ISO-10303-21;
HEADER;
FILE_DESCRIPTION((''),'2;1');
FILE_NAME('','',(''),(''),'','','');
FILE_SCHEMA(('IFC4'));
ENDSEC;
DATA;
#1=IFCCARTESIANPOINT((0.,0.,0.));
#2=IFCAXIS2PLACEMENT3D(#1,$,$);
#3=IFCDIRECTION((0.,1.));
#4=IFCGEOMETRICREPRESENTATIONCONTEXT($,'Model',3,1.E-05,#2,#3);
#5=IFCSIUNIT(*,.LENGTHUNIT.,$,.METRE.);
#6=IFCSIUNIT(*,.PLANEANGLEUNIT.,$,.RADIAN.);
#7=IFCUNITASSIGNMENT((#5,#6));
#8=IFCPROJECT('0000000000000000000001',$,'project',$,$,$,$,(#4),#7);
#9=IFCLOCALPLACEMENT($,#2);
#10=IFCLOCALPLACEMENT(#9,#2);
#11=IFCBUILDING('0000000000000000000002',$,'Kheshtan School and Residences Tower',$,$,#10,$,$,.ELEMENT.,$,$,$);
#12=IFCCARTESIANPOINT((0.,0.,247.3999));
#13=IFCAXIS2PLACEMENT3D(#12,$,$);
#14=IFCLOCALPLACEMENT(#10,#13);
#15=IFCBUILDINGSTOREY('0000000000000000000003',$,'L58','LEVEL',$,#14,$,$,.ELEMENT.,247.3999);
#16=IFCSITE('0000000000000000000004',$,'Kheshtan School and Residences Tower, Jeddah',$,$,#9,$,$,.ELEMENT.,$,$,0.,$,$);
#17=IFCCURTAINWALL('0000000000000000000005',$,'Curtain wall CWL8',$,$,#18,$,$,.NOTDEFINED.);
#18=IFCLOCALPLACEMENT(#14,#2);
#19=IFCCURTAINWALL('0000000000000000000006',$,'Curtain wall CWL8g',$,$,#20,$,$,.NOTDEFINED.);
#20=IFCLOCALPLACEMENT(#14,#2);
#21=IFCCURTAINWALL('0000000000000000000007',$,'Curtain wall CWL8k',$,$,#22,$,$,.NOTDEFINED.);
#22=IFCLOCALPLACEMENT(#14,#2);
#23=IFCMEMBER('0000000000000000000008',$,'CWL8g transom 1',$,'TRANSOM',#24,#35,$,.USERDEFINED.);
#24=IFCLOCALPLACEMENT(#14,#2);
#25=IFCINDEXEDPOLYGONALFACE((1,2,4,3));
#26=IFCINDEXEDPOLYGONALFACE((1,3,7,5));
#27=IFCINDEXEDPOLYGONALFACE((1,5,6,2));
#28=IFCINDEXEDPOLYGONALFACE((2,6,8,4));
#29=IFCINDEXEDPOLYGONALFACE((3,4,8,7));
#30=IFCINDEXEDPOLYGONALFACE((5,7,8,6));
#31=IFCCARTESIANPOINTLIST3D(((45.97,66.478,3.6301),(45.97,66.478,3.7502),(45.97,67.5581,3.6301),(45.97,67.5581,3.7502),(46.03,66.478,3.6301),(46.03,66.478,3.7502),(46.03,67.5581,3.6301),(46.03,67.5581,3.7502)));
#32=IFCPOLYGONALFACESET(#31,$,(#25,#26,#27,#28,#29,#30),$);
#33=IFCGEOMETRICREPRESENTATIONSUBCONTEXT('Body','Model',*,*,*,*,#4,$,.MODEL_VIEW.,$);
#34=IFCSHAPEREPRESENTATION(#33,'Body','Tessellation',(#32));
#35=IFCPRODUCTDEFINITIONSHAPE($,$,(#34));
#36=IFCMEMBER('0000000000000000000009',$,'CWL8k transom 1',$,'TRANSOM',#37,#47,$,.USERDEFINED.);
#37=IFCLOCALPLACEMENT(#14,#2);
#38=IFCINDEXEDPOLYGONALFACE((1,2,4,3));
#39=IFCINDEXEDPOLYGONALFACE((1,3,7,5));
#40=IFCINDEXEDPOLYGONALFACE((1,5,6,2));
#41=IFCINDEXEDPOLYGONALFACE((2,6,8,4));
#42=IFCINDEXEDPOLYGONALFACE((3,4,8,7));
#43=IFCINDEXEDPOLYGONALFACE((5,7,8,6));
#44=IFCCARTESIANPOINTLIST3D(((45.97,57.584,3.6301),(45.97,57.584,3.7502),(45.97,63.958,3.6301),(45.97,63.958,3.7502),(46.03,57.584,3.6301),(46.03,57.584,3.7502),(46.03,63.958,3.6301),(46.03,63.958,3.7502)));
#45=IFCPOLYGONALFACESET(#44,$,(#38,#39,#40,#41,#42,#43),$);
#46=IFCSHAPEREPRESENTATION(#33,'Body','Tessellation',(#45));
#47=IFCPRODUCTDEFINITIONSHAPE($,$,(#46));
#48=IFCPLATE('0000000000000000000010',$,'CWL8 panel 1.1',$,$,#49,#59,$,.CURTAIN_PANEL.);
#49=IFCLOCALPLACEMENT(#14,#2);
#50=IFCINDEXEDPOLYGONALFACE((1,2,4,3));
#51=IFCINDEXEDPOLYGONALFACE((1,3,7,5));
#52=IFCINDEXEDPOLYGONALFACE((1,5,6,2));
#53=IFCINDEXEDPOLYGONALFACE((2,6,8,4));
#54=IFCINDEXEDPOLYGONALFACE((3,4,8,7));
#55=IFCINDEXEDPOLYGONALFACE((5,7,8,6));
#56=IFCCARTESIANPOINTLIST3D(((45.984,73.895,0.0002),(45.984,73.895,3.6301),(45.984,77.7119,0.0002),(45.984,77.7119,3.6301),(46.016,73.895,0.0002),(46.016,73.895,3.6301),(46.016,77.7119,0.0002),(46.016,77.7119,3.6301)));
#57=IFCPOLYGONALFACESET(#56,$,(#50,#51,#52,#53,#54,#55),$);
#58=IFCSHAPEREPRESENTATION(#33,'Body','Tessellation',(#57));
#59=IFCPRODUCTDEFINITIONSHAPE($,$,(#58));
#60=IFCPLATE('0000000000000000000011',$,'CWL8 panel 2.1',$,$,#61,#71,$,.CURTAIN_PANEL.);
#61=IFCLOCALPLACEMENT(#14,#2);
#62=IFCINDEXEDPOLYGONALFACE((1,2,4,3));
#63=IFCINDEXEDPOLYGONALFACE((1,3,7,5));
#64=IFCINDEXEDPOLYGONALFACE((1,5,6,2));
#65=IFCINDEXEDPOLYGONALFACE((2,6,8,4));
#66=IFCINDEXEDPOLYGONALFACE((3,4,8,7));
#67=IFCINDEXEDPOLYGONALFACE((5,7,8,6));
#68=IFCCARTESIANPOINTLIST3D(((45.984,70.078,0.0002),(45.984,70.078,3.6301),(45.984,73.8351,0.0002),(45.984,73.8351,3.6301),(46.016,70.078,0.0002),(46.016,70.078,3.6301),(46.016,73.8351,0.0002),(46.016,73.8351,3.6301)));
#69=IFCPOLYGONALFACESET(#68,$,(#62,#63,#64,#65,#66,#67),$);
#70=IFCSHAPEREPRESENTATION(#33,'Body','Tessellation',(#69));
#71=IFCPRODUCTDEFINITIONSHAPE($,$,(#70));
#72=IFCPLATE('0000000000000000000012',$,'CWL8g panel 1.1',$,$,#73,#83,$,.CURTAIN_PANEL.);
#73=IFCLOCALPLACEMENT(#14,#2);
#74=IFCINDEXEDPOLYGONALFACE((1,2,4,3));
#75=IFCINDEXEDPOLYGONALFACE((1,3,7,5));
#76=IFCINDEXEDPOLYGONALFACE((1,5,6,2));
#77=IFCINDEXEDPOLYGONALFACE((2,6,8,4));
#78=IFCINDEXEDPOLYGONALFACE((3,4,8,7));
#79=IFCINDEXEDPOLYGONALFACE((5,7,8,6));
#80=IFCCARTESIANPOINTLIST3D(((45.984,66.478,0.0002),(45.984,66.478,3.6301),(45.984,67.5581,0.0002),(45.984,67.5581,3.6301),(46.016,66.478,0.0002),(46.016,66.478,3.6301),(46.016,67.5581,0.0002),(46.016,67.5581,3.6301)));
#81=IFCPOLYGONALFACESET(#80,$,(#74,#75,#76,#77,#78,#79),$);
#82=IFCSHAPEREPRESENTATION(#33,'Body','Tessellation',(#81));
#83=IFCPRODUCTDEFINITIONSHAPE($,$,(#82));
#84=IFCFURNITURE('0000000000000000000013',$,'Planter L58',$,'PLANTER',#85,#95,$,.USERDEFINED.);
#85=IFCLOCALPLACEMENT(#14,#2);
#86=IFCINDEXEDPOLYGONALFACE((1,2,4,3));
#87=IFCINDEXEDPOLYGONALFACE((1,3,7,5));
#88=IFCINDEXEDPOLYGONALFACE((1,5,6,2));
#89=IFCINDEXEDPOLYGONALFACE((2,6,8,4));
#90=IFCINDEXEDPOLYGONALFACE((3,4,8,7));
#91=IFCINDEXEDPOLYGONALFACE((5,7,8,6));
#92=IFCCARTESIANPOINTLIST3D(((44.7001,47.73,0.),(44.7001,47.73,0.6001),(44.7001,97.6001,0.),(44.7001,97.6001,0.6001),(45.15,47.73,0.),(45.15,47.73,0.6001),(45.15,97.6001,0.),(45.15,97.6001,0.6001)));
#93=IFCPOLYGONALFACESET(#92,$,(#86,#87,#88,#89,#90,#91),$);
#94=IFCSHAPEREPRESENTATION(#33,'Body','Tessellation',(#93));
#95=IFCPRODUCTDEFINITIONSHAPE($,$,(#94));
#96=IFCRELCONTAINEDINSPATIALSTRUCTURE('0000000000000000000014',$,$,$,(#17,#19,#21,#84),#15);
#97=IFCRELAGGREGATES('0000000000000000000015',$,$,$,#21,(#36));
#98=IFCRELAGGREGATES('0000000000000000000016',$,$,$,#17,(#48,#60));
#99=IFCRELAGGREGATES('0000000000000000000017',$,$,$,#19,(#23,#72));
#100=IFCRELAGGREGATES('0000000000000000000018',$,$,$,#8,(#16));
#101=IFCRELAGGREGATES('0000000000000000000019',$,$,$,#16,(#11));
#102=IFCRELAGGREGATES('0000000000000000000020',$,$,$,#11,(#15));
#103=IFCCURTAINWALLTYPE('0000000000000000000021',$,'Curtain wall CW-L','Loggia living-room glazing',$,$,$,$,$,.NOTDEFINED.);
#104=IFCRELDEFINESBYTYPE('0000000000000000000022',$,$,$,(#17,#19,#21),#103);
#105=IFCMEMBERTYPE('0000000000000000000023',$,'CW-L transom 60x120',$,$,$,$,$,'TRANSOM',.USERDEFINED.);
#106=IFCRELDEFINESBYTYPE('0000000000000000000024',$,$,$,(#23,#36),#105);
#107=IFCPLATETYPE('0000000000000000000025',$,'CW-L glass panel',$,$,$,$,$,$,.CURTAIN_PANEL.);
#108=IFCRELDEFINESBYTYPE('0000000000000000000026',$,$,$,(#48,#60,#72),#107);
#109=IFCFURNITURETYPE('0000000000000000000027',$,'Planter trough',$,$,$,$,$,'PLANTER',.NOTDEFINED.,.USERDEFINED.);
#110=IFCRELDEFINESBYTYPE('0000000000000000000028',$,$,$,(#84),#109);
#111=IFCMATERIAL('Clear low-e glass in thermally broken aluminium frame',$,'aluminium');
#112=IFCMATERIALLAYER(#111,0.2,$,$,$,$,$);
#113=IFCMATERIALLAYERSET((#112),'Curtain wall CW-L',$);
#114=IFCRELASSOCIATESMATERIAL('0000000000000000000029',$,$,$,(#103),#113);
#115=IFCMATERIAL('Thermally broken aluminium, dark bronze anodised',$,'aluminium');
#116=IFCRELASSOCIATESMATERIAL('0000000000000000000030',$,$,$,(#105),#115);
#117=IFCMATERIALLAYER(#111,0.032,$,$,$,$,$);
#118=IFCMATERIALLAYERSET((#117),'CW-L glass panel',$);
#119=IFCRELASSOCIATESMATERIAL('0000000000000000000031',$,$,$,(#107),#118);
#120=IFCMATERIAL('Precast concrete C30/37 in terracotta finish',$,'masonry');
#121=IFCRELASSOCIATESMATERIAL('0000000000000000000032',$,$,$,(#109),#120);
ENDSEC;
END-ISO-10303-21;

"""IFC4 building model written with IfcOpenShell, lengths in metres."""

from ifc_helpers import new_model, si_unit, direction, frame, origin, origin_2d, place, context, subcontext, project, spatial, rectangle, extrude, material, layer, layer_set, material_profile, profile_set, type_object, element, aggregate, save


model = new_model("IFC4")

# Units and contexts
model_context = context("Model", 3, precision=1e-05, world=origin(), true_north=direction((0.0, 1.0)))
body_context = subcontext(model_context, "Body", "Model", "MODEL_VIEW")
ifc_project = project(units=[si_unit("LENGTHUNIT", "METRE"), si_unit("PLANEANGLEUNIT", "RADIAN")], contexts=[model_context])

# Site, building, storey
site_placement = place(None, origin())
site = spatial("IfcSite", under=ifc_project, at=site_placement, Name="Kheshtan School and Residences Tower, Jeddah", CompositionType="ELEMENT", RefElevation=0.0)
building_placement = place(site_placement, origin())
building = spatial("IfcBuilding", under=site, at=building_placement, Name="Kheshtan School and Residences Tower", CompositionType="ELEMENT")
storey_placement = place(building_placement, frame((0.0, 0.0, 247.3999)))
storey = spatial("IfcBuildingStorey", under=building, at=storey_placement, Name="L58", Description="LEVEL", CompositionType="ELEMENT", Elevation=247.3999)

# Shared definitions
ifc_material_1 = material(Name="Clear low-e glass in thermally broken aluminium frame", Category="aluminium")
ifc_layer_1 = layer(ifc_material_1, 0.2)
ifc_layer_set_1 = layer_set([ifc_layer_1], Name="Curtain wall CW-L")
curtain_wall_type = type_object("IfcCurtainWallType", Name="Curtain wall CW-L", Description="Loggia living-room glazing", PredefinedType="NOTDEFINED", material=ifc_layer_set_1)
ifc_material_2 = material(Name="Thermally broken aluminium, dark bronze anodised", Category="aluminium")

# Curtain walls
curtain_wall_1_placement = place(storey_placement, origin())
curtain_wall_1 = element("IfcCurtainWall", 1, at=curtain_wall_1_placement, inside=storey, type_object=curtain_wall_type, Name="Curtain wall CWL8", PredefinedType="NOTDEFINED")
curtain_wall_2_placement = place(storey_placement, origin())
curtain_wall_2 = element("IfcCurtainWall", 2, at=curtain_wall_2_placement, inside=storey, type_object=curtain_wall_type, Name="Curtain wall CWL8g", PredefinedType="NOTDEFINED")

# Curtain wall
curtain_wall_3_placement = place(storey_placement, origin())
curtain_wall_3 = element("IfcCurtainWall", 3, at=curtain_wall_3_placement, inside=storey, type_object=curtain_wall_type, Name="Curtain wall CWL8k", PredefinedType="NOTDEFINED")

# Members
ifc_material_profile_1 = material_profile(ifc_material_2, rectangle(XDim=0.0601, YDim=0.1201, at=origin_2d()), Name="CW-L transom 60x120")
ifc_profile_set_1 = profile_set([ifc_material_profile_1], Name="Thermally broken aluminium, dark bronze anodised")
member_type_1 = type_object("IfcMemberType", Name="CW-L transom 60x120", ElementType="TRANSOM", PredefinedType="USERDEFINED", material=ifc_profile_set_1)
member_1_placement = place(storey_placement, frame((46.0, 67.5581, 3.6902), z_axis=(0.0, -1.0, 0.0), x_axis=(1.0, 0.0, 0.0)))
member_1 = element("IfcMember", 4, at=member_1_placement, type_object=member_type_1, Name="CWL8g transom 1", ObjectType="TRANSOM", PredefinedType="USERDEFINED", context=body_context, shape_type="SweptSolid", body=[
    extrude(rectangle(XDim=0.0601, YDim=0.1201, at=origin_2d()), origin(), (0.0, 0.0, 1.0), 1.0801),
])
member_2_placement = place(storey_placement, frame((46.0, 63.958, 3.6902), z_axis=(0.0, -1.0, 0.0), x_axis=(1.0, 0.0, 0.0)))
member_2 = element("IfcMember", 5, at=member_2_placement, type_object=member_type_1, Name="CWL8k transom 1", ObjectType="TRANSOM", PredefinedType="USERDEFINED", context=body_context, shape_type="SweptSolid", body=[
    extrude(rectangle(XDim=0.0601, YDim=0.1201, at=origin_2d()), origin(), (0.0, 0.0, 1.0), 6.374),
])
aggregate(curtain_wall_3, [member_2])

# Plates
ifc_layer_2 = layer(ifc_material_1, 0.032)
ifc_layer_set_2 = layer_set([ifc_layer_2], Name="CW-L glass panel")
plate_type = type_object("IfcPlateType", Name="CW-L glass panel", PredefinedType="CURTAIN_PANEL", material=ifc_layer_set_2)
plate_1_placement = place(storey_placement, frame((46.0, 75.8035, 0.0002), z_axis=(0.0, 0.0, 1.0), x_axis=(0.0, -1.0, 0.0)))
plate_1 = element("IfcPlate", 6, at=plate_1_placement, type_object=plate_type, Name="CWL8 panel 1.1", PredefinedType="CURTAIN_PANEL", context=body_context, shape_type="SweptSolid", body=[
    extrude(rectangle(XDim=3.8169, YDim=0.032, at=origin_2d()), origin(), (0.0, 0.0, 1.0), 3.6299),
])
plate_2_placement = place(storey_placement, frame((46.0, 71.9565, 0.0002), z_axis=(0.0, 0.0, 1.0), x_axis=(0.0, -1.0, 0.0)))
plate_2 = element("IfcPlate", 7, at=plate_2_placement, type_object=plate_type, Name="CWL8 panel 2.1", PredefinedType="CURTAIN_PANEL", context=body_context, shape_type="SweptSolid", body=[
    extrude(rectangle(XDim=3.7571, YDim=0.032, at=origin_2d()), origin(), (0.0, 0.0, 1.0), 3.6299),
])
aggregate(curtain_wall_1, [plate_1, plate_2])
plate_3_placement = place(storey_placement, frame((46.0, 67.0181, 0.0002), z_axis=(0.0, 0.0, 1.0), x_axis=(0.0, -1.0, 0.0)))
plate_3 = element("IfcPlate", 8, at=plate_3_placement, type_object=plate_type, Name="CWL8g panel 1.1", PredefinedType="CURTAIN_PANEL", context=body_context, shape_type="SweptSolid", body=[
    extrude(rectangle(XDim=1.0801, YDim=0.032, at=origin_2d()), origin(), (0.0, 0.0, 1.0), 3.6299),
])
aggregate(curtain_wall_2, [member_1, plate_3])

# Furniture
ifc_material_3 = material(Name="Precast concrete C30/37 in terracotta finish", Category="masonry")
furniture_type = type_object("IfcFurnitureType", Name="Planter trough", ElementType="PLANTER", AssemblyPlace="NOTDEFINED", PredefinedType="USERDEFINED", material=ifc_material_3)
furniture_placement = place(storey_placement, frame((44.925, 72.665, 0.0), z_axis=(0.0, 0.0, 1.0), x_axis=(0.0, -1.0, 0.0)))
element("IfcFurniture", 9, at=furniture_placement, inside=storey, type_object=furniture_type, Name="Planter L58", ObjectType="PLANTER", PredefinedType="USERDEFINED", context=body_context, shape_type="SweptSolid", body=[
    extrude(rectangle(XDim=49.8701, YDim=0.45, at=origin_2d()), origin(), (0.0, 0.0, 1.0), 0.6001),
])

save(model, "model.ifc")
